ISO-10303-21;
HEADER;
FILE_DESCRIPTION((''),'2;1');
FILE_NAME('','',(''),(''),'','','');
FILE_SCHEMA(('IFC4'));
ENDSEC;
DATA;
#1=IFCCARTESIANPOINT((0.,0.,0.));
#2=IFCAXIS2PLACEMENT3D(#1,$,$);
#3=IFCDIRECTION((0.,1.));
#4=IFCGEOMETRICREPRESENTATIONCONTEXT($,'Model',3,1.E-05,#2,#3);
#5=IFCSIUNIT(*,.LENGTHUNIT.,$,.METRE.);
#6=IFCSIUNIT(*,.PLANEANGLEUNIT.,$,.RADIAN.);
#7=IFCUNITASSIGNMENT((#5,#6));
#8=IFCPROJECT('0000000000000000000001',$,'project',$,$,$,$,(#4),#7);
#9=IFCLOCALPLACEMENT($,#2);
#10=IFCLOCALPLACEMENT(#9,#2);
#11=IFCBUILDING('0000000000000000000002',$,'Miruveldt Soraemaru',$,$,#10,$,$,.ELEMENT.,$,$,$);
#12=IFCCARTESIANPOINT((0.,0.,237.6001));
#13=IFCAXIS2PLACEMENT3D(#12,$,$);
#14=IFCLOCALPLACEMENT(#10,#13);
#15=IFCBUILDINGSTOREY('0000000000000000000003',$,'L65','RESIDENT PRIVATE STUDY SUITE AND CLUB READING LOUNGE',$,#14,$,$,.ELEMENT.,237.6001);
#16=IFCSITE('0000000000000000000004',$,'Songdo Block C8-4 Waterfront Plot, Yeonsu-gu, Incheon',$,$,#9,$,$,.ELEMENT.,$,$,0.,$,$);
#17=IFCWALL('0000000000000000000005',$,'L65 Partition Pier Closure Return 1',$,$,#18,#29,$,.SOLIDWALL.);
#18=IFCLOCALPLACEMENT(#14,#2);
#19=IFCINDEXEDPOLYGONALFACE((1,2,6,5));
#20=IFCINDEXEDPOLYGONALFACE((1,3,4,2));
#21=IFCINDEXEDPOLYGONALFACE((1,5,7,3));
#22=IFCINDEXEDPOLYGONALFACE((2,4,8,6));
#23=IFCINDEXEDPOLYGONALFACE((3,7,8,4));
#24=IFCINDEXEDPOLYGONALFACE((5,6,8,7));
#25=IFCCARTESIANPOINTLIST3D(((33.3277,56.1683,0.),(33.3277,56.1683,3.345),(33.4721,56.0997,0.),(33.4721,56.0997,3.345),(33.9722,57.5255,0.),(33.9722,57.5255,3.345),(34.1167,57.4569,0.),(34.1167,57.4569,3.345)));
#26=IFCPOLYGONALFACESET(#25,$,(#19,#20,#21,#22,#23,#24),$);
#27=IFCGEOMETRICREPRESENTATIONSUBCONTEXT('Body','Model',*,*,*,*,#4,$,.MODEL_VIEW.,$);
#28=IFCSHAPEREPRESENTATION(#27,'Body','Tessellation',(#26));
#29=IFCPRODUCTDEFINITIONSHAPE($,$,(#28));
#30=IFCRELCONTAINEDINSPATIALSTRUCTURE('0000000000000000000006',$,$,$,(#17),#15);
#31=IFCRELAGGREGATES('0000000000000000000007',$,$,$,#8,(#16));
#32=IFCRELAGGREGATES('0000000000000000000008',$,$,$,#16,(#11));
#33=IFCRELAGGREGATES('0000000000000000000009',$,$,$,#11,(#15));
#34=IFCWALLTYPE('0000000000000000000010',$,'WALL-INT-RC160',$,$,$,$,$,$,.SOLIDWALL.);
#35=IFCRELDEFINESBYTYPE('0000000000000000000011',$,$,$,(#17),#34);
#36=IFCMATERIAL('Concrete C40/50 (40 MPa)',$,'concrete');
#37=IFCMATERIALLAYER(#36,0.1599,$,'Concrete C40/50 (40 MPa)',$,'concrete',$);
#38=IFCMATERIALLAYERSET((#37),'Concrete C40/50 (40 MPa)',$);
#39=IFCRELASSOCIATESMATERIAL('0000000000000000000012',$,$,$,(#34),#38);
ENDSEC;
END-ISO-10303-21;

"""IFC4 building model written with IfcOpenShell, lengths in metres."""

from ifc_helpers import new_model, si_unit, direction, frame, frame_2d, origin, place, context, subcontext, project, spatial, rectangle, extrude, material, layer, layer_set, type_object, element, save


model = new_model("IFC4")

# Units and contexts
model_context = context("Model", 3, precision=1e-05, world=origin(), true_north=direction((0.0, 1.0)))
body_context = subcontext(model_context, "Body", "Model", "MODEL_VIEW")
ifc_project = project(units=[si_unit("LENGTHUNIT", "METRE"), si_unit("PLANEANGLEUNIT", "RADIAN")], contexts=[model_context])

# Site, building, storey
site_placement = place(None, origin())
site = spatial("IfcSite", under=ifc_project, at=site_placement, Name="Songdo Block C8-4 Waterfront Plot, Yeonsu-gu, Incheon", CompositionType="ELEMENT", RefElevation=0.0)
building_placement = place(site_placement, origin())
building = spatial("IfcBuilding", under=site, at=building_placement, Name="Miruveldt Soraemaru", CompositionType="ELEMENT")
storey_placement = place(building_placement, frame((0.0, 0.0, 237.6001)))
storey = spatial("IfcBuildingStorey", under=building, at=storey_placement, Name="L65", Description="RESIDENT PRIVATE STUDY SUITE AND CLUB READING LOUNGE", CompositionType="ELEMENT", Elevation=237.6001)

# Shared definitions
ifc_material_1 = material(Name="Concrete C40/50 (40 MPa)", Category="concrete")
ifc_layer_1 = layer(ifc_material_1, 0.1599, Name="Concrete C40/50 (40 MPa)", Category="concrete")
ifc_layer_set_1 = layer_set([ifc_layer_1], Name="Concrete C40/50 (40 MPa)")
wall_type_1 = type_object("IfcWallType", Name="WALL-INT-RC160", PredefinedType="SOLIDWALL", material=ifc_layer_set_1)

# Wall
wall_1_placement = place(storey_placement, frame((33.3999, 56.134, 0.0), z_axis=(0.0, 0.0, 1.0), x_axis=(0.428987, 0.903311, 0.0)))
element("IfcWall", 1, at=wall_1_placement, inside=storey, type_object=wall_type_1, Name="L65 Partition Pier Closure Return 1", PredefinedType="SOLIDWALL", context=body_context, shape_type="SweptSolid", body=[
    extrude(rectangle(XDim=1.5024, YDim=0.1599, at=frame_2d((0.7512, 0.0))), origin(), (0.0, 0.0, 1.0), 3.345),
])

save(model, "model.ifc")
